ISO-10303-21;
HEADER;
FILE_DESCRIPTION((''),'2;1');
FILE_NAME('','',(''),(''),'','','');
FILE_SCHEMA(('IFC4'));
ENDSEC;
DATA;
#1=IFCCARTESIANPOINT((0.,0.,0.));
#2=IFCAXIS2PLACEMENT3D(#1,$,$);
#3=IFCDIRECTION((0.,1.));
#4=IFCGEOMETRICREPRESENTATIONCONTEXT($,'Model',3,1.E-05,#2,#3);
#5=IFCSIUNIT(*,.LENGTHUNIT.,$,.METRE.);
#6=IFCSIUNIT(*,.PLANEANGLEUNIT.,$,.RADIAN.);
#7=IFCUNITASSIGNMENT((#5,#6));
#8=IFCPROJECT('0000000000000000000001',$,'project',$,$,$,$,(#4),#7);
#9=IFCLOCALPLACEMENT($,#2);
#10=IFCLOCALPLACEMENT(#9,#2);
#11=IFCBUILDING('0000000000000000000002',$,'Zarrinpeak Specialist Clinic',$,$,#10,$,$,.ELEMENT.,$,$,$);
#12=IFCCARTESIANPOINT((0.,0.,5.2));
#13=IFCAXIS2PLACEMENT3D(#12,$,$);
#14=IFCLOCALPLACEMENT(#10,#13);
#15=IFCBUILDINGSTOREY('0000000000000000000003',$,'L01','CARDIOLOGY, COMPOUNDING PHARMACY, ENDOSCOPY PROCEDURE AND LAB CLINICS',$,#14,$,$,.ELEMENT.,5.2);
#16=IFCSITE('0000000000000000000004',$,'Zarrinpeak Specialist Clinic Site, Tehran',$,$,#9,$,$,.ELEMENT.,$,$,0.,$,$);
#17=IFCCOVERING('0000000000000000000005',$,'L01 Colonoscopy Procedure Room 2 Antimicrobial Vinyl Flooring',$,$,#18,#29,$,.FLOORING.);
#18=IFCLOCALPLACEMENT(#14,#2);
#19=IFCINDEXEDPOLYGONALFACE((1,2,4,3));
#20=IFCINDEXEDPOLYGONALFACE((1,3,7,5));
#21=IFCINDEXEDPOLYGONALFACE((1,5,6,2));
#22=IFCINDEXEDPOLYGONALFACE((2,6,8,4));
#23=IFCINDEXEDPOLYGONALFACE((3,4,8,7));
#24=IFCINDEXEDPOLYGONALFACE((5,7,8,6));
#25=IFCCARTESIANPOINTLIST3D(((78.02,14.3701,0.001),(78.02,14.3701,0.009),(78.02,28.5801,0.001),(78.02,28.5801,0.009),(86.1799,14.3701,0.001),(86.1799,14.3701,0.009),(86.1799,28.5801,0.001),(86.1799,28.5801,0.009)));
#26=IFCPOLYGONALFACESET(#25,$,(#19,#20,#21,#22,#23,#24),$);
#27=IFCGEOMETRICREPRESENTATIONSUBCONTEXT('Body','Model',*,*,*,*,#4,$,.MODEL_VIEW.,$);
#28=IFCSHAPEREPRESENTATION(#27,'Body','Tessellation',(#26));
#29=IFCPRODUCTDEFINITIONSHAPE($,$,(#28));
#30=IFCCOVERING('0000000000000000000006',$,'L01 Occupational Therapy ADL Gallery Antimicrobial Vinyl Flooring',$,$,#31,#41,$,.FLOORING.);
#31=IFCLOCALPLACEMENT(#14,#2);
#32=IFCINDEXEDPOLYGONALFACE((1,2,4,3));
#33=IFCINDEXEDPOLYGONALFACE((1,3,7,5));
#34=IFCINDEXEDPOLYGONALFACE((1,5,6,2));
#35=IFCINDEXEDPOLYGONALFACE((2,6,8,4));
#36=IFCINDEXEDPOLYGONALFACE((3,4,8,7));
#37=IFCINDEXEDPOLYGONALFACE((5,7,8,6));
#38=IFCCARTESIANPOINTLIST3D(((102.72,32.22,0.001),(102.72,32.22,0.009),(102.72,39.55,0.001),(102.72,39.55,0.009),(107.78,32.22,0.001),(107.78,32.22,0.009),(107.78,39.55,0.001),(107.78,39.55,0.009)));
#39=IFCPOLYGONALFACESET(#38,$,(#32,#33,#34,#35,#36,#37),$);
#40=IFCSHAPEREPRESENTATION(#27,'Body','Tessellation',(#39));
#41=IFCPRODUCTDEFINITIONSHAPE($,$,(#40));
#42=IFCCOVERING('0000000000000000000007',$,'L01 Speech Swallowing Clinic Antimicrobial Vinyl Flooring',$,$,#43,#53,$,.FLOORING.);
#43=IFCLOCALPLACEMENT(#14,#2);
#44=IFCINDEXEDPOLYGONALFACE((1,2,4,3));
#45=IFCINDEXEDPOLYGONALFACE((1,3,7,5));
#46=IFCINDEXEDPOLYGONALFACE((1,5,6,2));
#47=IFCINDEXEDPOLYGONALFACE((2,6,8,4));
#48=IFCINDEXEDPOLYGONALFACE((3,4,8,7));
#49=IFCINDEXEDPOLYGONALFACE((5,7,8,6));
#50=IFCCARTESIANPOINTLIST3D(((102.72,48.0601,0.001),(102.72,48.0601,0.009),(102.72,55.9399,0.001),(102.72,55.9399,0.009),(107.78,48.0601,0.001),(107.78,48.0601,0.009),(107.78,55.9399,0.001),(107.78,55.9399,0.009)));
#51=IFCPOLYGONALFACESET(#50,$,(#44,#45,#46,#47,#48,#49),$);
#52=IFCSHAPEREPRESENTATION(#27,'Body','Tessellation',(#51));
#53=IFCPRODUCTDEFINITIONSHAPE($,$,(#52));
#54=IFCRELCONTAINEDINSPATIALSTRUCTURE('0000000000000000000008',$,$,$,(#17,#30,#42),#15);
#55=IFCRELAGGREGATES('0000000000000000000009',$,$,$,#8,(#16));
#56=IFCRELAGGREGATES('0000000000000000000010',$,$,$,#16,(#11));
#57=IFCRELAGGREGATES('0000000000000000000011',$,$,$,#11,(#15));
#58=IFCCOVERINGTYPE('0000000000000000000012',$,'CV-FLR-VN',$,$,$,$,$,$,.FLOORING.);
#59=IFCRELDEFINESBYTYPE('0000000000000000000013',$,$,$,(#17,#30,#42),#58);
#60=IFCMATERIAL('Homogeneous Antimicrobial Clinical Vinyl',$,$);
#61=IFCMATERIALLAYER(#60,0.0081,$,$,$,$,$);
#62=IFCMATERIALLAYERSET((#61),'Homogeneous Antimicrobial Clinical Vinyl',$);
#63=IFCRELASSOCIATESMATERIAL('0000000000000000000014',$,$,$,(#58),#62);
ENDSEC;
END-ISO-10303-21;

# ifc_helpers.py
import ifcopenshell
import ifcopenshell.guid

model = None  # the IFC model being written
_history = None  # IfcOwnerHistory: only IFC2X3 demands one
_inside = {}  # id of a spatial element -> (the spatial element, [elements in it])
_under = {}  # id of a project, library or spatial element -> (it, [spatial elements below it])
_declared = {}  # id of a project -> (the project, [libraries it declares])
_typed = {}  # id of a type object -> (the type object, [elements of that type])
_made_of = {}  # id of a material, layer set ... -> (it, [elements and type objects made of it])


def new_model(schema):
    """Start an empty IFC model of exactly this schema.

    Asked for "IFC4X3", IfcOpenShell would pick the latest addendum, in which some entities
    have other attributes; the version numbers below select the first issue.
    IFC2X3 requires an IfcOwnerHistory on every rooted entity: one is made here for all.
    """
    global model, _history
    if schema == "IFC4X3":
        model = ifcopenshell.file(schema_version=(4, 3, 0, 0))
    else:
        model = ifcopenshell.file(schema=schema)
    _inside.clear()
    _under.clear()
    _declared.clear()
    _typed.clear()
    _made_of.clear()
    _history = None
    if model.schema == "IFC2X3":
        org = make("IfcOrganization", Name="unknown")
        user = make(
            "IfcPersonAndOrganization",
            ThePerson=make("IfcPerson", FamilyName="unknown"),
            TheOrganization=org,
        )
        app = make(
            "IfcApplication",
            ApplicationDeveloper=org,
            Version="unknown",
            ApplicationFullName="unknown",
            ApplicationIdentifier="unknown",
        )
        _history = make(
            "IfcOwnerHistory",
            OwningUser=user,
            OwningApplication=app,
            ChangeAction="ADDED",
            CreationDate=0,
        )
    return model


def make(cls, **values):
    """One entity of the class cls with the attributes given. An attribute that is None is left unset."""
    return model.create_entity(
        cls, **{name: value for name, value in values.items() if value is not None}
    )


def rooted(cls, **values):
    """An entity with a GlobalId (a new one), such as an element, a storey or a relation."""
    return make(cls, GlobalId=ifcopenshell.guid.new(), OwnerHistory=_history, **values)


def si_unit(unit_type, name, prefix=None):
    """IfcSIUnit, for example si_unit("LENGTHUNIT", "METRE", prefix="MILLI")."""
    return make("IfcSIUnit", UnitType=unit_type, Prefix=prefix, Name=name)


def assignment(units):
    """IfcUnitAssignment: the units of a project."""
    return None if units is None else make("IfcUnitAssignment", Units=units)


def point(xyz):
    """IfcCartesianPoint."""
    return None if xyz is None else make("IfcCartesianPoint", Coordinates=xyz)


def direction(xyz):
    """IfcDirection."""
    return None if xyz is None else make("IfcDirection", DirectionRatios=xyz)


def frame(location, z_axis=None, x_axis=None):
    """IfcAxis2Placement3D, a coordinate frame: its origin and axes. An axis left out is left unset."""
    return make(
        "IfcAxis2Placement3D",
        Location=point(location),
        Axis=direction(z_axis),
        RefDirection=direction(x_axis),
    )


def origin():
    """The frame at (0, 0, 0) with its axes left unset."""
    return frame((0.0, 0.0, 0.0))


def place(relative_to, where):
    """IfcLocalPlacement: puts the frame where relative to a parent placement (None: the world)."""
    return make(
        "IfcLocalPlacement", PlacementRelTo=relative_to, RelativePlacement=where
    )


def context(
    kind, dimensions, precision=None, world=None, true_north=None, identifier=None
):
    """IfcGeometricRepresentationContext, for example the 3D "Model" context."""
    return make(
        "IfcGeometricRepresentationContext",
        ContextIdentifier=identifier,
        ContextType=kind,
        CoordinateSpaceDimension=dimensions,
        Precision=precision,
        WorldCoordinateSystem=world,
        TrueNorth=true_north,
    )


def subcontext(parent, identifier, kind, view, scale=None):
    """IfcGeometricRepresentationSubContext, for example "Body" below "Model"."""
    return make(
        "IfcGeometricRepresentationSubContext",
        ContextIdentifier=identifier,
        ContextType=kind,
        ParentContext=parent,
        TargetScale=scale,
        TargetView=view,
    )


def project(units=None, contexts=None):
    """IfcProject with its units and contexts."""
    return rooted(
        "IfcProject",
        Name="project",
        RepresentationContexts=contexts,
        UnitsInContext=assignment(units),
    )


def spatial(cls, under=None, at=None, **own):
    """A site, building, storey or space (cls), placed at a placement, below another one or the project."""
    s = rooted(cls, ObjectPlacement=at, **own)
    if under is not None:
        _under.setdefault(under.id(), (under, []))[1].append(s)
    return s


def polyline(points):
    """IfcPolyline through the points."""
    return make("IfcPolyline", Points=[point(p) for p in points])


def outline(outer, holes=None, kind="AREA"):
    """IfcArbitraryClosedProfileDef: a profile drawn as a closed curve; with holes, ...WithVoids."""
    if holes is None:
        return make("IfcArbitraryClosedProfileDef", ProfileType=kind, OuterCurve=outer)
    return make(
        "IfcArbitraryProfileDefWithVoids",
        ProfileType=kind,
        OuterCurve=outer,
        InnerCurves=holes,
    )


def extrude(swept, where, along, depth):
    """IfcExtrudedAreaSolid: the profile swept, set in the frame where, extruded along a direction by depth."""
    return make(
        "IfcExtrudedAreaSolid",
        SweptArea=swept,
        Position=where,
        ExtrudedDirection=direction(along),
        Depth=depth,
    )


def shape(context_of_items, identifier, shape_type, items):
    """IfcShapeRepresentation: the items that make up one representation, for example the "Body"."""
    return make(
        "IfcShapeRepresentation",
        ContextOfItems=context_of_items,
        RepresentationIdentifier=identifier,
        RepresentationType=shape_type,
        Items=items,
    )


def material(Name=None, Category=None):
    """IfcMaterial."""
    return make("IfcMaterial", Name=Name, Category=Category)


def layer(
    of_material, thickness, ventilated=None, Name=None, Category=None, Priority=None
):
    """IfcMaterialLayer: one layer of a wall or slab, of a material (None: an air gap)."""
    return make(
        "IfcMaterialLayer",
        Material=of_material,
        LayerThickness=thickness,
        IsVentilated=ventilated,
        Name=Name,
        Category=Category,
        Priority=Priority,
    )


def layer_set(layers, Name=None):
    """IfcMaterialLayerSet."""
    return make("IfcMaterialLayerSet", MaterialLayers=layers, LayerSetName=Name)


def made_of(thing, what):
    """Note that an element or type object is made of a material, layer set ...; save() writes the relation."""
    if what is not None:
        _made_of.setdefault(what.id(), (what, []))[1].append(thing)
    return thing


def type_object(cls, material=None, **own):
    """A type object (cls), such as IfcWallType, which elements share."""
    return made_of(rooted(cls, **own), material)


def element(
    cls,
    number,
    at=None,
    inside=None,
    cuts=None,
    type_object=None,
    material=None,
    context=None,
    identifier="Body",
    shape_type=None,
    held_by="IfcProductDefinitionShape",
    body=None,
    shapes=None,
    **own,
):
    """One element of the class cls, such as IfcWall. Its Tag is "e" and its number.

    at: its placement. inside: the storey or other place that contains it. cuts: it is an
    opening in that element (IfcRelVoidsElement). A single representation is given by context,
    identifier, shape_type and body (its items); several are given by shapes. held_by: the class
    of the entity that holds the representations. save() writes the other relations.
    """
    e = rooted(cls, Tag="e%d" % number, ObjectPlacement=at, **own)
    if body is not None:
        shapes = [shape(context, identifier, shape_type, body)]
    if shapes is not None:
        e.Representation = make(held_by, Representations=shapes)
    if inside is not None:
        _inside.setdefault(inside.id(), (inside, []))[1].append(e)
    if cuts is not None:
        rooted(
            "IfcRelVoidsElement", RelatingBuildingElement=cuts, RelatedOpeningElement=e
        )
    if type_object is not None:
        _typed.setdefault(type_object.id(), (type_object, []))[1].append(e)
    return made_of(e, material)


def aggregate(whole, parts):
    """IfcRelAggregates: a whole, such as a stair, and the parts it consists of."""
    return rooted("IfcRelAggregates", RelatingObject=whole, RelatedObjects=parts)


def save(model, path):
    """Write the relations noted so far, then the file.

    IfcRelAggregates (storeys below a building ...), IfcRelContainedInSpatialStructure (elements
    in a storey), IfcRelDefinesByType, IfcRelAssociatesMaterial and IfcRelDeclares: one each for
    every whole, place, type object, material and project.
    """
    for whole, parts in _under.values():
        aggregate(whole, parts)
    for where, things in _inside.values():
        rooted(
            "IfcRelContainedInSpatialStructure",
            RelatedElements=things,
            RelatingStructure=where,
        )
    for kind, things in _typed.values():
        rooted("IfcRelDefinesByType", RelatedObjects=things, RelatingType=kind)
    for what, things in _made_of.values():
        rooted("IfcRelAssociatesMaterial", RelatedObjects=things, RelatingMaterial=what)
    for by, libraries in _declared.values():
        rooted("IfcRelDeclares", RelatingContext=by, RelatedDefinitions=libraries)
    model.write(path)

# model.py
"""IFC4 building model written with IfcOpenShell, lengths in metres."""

from ifc_helpers import new_model, si_unit, direction, frame, origin, place, context, subcontext, project, spatial, polyline, outline, extrude, material, layer, layer_set, type_object, element, save


model = new_model("IFC4")

# Units and contexts
model_context = context("Model", 3, precision=1e-05, world=origin(), true_north=direction((0.0, 1.0)))
body_context = subcontext(model_context, "Body", "Model", "MODEL_VIEW")
ifc_project = project(units=[si_unit("LENGTHUNIT", "METRE"), si_unit("PLANEANGLEUNIT", "RADIAN")], contexts=[model_context])

# Site, building, storey
site_placement = place(None, origin())
site = spatial("IfcSite", under=ifc_project, at=site_placement, Name="Zarrinpeak Specialist Clinic Site, Tehran", CompositionType="ELEMENT", RefElevation=0.0)
building_placement = place(site_placement, origin())
building = spatial("IfcBuilding", under=site, at=building_placement, Name="Zarrinpeak Specialist Clinic", CompositionType="ELEMENT")
storey_placement = place(building_placement, frame((0.0, 0.0, 5.2)))
storey = spatial("IfcBuildingStorey", under=building, at=storey_placement, Name="L01", Description="CARDIOLOGY, COMPOUNDING PHARMACY, ENDOSCOPY PROCEDURE AND LAB CLINICS", CompositionType="ELEMENT", Elevation=5.2)

# Coverings
ifc_material_1 = material(Name="Homogeneous Antimicrobial Clinical Vinyl")
ifc_layer_1 = layer(ifc_material_1, 0.0081)
ifc_layer_set_1 = layer_set([ifc_layer_1], Name="Homogeneous Antimicrobial Clinical Vinyl")
covering_type_1 = type_object("IfcCoveringType", Name="CV-FLR-VN", PredefinedType="FLOORING", material=ifc_layer_set_1)
covering_1_placement = place(storey_placement, frame((0.0, 0.0, 0.001)))
element("IfcCovering", 1, at=covering_1_placement, inside=storey, type_object=covering_type_1, Name="L01 Colonoscopy Procedure Room 2 Antimicrobial Vinyl Flooring", PredefinedType="FLOORING", context=body_context, shape_type="SweptSolid", body=[
    extrude(outline(polyline([(78.02, 14.3701), (86.1799, 14.3701), (86.1799, 28.5801), (78.02, 28.5801), (78.02, 14.3701)])), origin(), (0.0, 0.0, 1.0), 0.0081),
])
covering_2_placement = place(storey_placement, frame((0.0, 0.0, 0.001)))
element("IfcCovering", 2, at=covering_2_placement, inside=storey, type_object=covering_type_1, Name="L01 Occupational Therapy ADL Gallery Antimicrobial Vinyl Flooring", PredefinedType="FLOORING", context=body_context, shape_type="SweptSolid", body=[
    extrude(outline(polyline([(102.72, 32.22), (107.78, 32.22), (107.78, 39.55), (102.72, 39.55), (102.72, 32.22)])), origin(), (0.0, 0.0, 1.0), 0.0081),
])
covering_3_placement = place(storey_placement, frame((0.0, 0.0, 0.001)))
element("IfcCovering", 3, at=covering_3_placement, inside=storey, type_object=covering_type_1, Name="L01 Speech Swallowing Clinic Antimicrobial Vinyl Flooring", PredefinedType="FLOORING", context=body_context, shape_type="SweptSolid", body=[
    extrude(outline(polyline([(102.72, 48.0601), (107.78, 48.0601), (107.78, 55.9399), (102.72, 55.9399), (102.72, 48.0601)])), origin(), (0.0, 0.0, 1.0), 0.0081),
])

save(model, "model.ifc")
